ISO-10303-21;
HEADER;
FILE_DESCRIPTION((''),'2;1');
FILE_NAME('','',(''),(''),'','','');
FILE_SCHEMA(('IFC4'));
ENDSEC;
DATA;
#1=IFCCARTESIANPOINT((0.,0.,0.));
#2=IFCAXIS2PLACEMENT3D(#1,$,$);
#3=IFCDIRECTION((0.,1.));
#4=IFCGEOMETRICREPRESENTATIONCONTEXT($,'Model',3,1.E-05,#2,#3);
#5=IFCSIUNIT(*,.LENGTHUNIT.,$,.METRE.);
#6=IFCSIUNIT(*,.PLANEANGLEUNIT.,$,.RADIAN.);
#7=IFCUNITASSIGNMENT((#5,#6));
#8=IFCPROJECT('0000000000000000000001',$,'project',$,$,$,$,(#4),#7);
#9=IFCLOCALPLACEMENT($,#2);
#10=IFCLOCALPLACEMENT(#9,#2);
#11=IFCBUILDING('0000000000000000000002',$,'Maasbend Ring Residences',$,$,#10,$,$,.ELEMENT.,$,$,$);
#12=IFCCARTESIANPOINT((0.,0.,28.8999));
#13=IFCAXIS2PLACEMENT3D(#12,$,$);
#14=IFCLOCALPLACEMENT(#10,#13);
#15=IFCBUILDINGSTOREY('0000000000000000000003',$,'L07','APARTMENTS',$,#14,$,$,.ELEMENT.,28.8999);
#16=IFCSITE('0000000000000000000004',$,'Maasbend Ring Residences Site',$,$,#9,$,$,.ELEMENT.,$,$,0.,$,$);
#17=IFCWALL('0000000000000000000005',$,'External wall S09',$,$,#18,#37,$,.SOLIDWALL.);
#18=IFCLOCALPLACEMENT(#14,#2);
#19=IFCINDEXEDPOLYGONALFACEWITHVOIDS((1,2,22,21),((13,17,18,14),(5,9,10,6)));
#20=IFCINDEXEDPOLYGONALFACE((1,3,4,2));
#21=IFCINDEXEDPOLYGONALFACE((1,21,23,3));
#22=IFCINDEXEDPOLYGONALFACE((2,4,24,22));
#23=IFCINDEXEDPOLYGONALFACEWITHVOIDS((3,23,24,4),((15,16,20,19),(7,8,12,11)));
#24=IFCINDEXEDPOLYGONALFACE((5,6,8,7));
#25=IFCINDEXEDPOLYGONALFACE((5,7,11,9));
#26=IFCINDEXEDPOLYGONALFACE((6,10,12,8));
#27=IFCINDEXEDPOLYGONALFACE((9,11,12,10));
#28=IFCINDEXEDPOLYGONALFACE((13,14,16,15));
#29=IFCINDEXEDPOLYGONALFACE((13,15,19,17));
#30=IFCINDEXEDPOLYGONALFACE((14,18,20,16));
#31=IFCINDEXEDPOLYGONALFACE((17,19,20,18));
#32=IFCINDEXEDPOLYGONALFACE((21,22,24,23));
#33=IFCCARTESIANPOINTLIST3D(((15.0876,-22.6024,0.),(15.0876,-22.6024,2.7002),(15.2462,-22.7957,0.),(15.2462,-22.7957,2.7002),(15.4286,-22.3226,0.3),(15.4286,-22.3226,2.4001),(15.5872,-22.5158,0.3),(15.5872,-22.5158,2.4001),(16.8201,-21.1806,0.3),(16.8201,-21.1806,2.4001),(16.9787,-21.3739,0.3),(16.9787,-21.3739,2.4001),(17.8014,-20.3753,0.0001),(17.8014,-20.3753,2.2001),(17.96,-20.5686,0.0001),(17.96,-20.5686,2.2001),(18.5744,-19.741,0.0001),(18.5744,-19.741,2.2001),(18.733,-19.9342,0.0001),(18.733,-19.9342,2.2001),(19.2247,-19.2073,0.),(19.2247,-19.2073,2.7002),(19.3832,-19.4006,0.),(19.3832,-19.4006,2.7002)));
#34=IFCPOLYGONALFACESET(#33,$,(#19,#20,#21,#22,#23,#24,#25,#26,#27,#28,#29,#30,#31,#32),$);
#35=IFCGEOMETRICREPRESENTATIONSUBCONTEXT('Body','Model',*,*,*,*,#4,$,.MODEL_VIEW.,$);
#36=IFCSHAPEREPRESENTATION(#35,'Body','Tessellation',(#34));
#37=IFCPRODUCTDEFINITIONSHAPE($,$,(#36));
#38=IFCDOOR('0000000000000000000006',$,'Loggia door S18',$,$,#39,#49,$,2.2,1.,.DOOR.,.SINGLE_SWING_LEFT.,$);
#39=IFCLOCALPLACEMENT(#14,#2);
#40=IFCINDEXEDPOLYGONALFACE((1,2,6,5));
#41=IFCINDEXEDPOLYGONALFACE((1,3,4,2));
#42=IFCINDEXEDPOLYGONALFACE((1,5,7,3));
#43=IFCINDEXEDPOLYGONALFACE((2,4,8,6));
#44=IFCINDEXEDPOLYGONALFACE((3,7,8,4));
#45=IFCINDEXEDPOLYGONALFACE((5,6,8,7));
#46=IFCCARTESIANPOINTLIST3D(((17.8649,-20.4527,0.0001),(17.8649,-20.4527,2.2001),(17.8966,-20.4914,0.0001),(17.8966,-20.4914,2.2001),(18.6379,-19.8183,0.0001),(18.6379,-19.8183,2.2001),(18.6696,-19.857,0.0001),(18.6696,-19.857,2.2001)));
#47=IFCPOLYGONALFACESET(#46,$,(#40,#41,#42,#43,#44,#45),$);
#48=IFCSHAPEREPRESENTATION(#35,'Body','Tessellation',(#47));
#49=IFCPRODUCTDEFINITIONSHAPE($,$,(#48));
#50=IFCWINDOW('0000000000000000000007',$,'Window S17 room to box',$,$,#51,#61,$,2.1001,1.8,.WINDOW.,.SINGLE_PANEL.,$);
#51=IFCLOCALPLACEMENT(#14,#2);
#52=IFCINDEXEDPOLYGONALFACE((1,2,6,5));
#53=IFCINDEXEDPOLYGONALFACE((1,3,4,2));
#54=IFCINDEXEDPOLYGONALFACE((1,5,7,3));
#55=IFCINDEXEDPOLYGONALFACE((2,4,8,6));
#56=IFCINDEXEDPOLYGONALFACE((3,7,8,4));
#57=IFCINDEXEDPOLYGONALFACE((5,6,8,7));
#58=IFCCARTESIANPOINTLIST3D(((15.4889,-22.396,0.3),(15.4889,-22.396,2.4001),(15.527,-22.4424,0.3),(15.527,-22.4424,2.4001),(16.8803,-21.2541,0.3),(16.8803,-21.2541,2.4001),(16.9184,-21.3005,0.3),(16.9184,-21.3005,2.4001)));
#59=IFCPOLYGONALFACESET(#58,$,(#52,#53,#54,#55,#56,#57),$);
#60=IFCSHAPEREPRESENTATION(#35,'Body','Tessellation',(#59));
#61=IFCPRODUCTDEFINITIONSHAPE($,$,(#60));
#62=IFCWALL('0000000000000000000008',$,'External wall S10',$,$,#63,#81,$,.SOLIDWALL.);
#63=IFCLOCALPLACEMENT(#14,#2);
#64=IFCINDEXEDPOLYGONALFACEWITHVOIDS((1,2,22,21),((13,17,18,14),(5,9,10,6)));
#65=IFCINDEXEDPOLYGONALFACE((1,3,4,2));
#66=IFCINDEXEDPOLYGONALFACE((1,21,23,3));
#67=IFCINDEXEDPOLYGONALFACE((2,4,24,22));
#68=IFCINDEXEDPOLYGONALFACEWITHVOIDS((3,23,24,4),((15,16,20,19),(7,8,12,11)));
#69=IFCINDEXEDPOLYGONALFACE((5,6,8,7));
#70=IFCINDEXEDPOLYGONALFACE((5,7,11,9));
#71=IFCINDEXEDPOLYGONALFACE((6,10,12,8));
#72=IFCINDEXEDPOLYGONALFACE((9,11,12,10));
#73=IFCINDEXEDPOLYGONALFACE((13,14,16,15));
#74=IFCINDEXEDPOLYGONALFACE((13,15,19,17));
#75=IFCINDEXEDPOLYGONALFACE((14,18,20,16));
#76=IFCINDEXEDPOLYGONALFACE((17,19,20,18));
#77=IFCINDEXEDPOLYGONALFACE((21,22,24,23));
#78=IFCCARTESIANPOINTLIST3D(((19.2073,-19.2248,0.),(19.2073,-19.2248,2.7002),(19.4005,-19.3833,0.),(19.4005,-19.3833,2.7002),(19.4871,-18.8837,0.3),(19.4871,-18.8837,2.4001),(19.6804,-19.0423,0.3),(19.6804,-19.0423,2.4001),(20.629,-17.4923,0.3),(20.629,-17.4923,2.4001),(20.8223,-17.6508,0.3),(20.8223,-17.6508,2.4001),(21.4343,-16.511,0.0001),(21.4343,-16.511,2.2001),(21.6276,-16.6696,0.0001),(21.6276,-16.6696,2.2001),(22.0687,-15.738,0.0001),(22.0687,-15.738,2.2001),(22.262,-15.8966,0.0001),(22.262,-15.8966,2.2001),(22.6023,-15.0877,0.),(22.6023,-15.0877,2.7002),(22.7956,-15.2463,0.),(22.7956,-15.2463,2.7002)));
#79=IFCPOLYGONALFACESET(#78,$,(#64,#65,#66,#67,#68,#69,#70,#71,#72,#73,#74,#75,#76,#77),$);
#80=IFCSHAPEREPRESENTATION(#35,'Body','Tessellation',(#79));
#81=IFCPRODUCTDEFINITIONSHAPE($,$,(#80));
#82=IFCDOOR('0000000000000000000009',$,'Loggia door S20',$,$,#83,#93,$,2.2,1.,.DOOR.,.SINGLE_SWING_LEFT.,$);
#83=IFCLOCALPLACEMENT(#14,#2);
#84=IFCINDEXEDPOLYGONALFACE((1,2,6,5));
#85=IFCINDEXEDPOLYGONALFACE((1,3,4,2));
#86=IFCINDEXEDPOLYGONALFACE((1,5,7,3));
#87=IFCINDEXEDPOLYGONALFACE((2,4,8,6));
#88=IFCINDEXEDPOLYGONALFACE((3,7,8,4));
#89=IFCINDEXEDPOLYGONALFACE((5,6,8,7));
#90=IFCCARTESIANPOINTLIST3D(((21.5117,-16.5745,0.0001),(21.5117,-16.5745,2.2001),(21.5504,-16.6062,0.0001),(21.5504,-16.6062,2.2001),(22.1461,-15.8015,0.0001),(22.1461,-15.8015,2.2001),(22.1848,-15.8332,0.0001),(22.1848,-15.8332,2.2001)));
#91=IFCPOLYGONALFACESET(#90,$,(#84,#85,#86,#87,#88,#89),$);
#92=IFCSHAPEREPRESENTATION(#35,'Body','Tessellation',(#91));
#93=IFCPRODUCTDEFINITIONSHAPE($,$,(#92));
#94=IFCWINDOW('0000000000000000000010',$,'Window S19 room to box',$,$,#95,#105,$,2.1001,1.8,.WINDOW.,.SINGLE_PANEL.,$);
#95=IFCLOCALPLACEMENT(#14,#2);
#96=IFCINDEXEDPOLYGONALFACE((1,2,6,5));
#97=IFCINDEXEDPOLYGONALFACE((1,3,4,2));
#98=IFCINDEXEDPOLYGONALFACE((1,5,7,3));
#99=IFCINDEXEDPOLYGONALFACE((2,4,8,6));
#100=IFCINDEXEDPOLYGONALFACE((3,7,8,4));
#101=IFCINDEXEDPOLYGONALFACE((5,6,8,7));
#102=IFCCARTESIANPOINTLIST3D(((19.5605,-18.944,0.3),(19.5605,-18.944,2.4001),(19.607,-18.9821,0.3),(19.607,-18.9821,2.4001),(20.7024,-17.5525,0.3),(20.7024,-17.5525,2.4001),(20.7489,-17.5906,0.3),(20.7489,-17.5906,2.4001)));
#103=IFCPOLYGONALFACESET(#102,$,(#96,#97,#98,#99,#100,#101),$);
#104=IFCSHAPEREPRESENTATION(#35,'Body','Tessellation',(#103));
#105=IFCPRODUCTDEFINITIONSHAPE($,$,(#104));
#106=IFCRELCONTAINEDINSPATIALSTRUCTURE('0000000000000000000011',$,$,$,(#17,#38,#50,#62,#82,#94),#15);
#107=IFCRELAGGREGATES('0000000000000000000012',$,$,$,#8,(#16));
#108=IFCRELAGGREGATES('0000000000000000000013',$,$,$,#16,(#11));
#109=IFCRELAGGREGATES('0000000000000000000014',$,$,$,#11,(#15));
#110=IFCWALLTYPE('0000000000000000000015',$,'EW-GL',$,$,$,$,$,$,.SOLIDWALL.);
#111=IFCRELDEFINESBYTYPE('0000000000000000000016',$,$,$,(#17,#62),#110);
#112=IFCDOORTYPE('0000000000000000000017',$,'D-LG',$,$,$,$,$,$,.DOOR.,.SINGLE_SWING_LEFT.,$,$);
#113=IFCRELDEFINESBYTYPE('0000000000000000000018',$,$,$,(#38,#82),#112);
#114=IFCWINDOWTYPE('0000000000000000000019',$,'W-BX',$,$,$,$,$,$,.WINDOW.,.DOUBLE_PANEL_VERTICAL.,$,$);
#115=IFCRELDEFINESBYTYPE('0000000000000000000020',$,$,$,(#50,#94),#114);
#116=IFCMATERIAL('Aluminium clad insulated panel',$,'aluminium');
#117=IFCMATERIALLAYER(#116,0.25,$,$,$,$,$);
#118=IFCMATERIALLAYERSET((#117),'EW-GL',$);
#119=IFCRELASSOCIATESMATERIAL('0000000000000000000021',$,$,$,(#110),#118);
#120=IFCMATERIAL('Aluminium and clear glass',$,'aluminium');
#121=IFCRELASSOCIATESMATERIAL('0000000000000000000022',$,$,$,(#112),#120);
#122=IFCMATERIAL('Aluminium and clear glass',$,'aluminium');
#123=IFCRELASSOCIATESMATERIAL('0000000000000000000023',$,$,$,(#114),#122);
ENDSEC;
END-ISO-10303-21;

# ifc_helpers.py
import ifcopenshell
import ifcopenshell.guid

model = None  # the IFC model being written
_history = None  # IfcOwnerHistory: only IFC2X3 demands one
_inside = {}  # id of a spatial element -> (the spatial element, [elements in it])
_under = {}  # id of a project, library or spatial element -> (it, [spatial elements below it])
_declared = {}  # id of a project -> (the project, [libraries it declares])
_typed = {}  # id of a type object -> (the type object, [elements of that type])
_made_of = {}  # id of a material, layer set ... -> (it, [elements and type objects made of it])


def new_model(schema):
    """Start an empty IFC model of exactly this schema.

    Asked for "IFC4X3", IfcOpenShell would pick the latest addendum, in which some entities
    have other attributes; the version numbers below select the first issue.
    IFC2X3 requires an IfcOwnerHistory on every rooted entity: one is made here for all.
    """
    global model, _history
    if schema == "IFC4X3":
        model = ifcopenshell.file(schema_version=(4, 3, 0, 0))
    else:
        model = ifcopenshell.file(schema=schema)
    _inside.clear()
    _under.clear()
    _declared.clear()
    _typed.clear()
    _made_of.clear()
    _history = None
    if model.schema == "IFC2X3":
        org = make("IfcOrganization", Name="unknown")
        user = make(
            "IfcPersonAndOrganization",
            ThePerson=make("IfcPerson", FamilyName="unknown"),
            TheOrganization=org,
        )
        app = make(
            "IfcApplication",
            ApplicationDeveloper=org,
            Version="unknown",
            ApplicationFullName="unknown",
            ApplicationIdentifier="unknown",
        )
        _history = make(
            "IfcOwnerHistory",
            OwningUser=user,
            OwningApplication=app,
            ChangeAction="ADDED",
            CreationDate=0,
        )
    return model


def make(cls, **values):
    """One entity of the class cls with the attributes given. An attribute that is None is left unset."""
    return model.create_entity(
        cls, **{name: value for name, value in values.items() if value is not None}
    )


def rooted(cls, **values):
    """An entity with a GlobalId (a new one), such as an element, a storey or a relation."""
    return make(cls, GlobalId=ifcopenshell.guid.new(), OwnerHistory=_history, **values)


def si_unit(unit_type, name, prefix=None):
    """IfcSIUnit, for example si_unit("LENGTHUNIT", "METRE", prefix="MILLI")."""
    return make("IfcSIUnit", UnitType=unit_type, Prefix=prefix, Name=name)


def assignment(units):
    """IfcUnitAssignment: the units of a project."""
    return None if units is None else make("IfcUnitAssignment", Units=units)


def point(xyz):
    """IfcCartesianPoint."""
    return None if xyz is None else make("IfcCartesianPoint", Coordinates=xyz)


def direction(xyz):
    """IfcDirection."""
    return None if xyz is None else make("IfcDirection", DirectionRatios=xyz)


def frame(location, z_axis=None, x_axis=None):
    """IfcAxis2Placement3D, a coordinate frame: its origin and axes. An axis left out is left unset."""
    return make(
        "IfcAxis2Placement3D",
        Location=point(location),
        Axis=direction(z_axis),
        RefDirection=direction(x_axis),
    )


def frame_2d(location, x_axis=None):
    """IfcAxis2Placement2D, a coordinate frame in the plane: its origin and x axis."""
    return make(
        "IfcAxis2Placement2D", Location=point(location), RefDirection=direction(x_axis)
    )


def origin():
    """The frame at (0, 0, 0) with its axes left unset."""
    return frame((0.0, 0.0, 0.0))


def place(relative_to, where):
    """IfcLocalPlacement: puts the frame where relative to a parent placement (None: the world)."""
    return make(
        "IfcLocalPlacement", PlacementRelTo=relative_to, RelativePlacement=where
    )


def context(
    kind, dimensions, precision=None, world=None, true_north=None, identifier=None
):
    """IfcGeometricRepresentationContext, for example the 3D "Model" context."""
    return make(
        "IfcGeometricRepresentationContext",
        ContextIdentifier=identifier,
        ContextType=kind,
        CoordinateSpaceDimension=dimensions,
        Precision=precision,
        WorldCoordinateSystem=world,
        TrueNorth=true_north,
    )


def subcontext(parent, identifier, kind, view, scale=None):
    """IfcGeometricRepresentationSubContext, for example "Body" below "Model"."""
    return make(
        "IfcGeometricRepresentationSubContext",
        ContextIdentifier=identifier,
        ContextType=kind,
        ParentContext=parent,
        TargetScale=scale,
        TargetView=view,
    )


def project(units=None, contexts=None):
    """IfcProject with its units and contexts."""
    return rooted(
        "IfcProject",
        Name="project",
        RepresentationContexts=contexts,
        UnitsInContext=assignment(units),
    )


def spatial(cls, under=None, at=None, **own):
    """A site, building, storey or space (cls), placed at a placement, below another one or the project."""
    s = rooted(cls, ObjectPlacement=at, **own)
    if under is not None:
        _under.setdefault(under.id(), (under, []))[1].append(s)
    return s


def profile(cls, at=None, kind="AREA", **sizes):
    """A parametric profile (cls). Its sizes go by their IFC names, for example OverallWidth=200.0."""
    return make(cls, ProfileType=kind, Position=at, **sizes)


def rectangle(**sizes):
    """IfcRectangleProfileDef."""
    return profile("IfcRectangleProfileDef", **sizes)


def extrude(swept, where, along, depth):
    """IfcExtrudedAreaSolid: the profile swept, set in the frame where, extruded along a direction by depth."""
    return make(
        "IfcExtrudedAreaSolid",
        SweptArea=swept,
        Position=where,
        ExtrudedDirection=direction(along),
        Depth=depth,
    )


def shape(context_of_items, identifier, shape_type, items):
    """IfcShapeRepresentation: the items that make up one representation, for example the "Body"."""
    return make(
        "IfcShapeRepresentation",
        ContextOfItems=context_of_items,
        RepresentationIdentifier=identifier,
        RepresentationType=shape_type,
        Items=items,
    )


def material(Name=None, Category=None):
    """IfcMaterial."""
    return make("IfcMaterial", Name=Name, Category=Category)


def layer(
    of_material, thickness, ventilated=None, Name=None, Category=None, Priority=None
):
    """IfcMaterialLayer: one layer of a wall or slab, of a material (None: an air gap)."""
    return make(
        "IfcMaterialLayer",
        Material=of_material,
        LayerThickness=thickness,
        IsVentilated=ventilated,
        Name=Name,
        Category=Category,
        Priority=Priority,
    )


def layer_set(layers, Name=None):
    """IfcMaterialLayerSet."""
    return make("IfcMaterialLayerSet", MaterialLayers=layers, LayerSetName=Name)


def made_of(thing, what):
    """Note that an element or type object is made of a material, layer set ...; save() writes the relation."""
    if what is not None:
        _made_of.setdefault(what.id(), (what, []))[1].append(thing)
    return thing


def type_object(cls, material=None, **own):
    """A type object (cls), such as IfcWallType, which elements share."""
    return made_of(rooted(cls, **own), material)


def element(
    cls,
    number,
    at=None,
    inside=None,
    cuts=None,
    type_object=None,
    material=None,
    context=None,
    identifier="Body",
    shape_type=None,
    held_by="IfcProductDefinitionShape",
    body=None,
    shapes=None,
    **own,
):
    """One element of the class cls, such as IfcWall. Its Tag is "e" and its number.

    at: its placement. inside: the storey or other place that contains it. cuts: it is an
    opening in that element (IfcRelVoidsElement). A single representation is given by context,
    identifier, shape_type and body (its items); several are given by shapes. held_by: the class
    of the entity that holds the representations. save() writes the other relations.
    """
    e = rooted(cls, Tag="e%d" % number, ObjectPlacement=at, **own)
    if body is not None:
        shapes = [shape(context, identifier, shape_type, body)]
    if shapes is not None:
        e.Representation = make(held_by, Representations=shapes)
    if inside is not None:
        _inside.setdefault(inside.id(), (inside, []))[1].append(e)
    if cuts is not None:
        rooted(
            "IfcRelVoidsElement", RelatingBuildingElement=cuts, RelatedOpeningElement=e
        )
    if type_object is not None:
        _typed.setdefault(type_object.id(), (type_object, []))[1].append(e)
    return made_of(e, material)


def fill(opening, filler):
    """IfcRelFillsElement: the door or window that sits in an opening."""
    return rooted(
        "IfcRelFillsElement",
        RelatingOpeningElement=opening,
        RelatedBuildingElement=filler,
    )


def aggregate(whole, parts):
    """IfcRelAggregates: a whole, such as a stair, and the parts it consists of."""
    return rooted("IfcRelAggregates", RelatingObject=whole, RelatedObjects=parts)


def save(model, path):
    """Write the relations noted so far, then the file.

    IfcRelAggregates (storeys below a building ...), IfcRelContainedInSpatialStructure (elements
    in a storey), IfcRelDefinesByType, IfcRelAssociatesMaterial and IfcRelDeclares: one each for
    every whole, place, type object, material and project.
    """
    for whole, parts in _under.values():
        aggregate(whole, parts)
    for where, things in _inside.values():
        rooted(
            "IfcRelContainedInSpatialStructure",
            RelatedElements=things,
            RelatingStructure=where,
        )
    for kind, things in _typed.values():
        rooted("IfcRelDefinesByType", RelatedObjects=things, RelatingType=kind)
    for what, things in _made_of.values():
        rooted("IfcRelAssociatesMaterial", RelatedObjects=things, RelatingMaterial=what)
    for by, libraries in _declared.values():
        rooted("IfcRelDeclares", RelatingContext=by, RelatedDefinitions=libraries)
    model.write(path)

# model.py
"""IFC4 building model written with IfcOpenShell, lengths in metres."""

from ifc_helpers import new_model, si_unit, direction, frame, frame_2d, origin, place, context, subcontext, project, spatial, rectangle, extrude, material, layer, layer_set, type_object, element, fill, save


model = new_model("IFC4")

# Units and contexts
model_context = context("Model", 3, precision=1e-05, world=origin(), true_north=direction((0.0, 1.0)))
body_context = subcontext(model_context, "Body", "Model", "MODEL_VIEW")
ifc_project = project(units=[si_unit("LENGTHUNIT", "METRE"), si_unit("PLANEANGLEUNIT", "RADIAN")], contexts=[model_context])

# Site, building, storey
site_placement = place(None, origin())
site = spatial("IfcSite", under=ifc_project, at=site_placement, Name="Maasbend Ring Residences Site", CompositionType="ELEMENT", RefElevation=0.0)
building_placement = place(site_placement, origin())
building = spatial("IfcBuilding", under=site, at=building_placement, Name="Maasbend Ring Residences", CompositionType="ELEMENT")
storey_placement = place(building_placement, frame((0.0, 0.0, 28.8999)))
storey = spatial("IfcBuildingStorey", under=building, at=storey_placement, Name="L07", Description="APARTMENTS", CompositionType="ELEMENT", Elevation=28.8999)

# Walls, openings, doors, windows
ifc_material_1 = material(Name="Aluminium clad insulated panel", Category="aluminium")
ifc_layer_1 = layer(ifc_material_1, 0.25)
ifc_layer_set_1 = layer_set([ifc_layer_1], Name="EW-GL")
wall_type_1 = type_object("IfcWallType", Name="EW-GL", PredefinedType="SOLIDWALL", material=ifc_layer_set_1)
wall_1_placement = place(storey_placement, frame((15.167, -22.699, 0.0), z_axis=(0.0, 0.0, 1.0), x_axis=(0.773019, 0.634382, 0.0)))
wall_1 = element("IfcWall", 1, at=wall_1_placement, inside=storey, type_object=wall_type_1, Name="External wall S09", PredefinedType="SOLIDWALL", context=body_context, shape_type="SweptSolid", body=[
    extrude(rectangle(XDim=5.3518, YDim=0.25, at=frame_2d((2.6758, 0.0))), origin(), (0.0, 0.0, 1.0), 2.7002),
])
opening_1_placement = place(wall_1_placement, frame((0.4412, 0.0, 0.3)))
opening_1 = element("IfcOpeningElement", 2, at=opening_1_placement, cuts=wall_1, PredefinedType="OPENING", context=body_context, shape_type="SweptSolid", body=[
    extrude(rectangle(XDim=1.8, YDim=2.1001, at=frame_2d((0.8999, 1.05))), frame((0.0, 0.135, 0.0), z_axis=(0.0, -1.0, 0.0), x_axis=(1.0, 0.0, 0.0)), (0.0, 0.0, 1.0), 0.27),
])
opening_2_placement = place(wall_1_placement, frame((3.5105, 0.0, 0.0)))
opening_2 = element("IfcOpeningElement", 3, at=opening_2_placement, cuts=wall_1, PredefinedType="OPENING", context=body_context, shape_type="SweptSolid", body=[
    extrude(rectangle(XDim=1.0, YDim=2.2, at=frame_2d((0.5, 1.1001))), frame((0.0, 0.135, 0.0), z_axis=(0.0, -1.0, 0.0), x_axis=(1.0, 0.0, 0.0)), (0.0, 0.0, 1.0), 0.27),
])
ifc_material_2 = material(Name="Aluminium and clear glass", Category="aluminium")
door_type = type_object("IfcDoorType", Name="D-LG", OperationType="SINGLE_SWING_LEFT", PredefinedType="DOOR", material=ifc_material_2)
door_1_placement = place(opening_2_placement, origin())
door_1 = element("IfcDoor", 4, at=door_1_placement, inside=storey, type_object=door_type, Name="Loggia door S18", OperationType="SINGLE_SWING_LEFT", OverallHeight=2.2, OverallWidth=1.0, PredefinedType="DOOR", context=body_context, shape_type="SweptSolid", body=[
    extrude(rectangle(XDim=1.0, YDim=2.2, at=frame_2d((0.5, 1.1001))), frame((0.0, 0.0249, 0.0), z_axis=(0.0, -1.0, 0.0), x_axis=(1.0, 0.0, 0.0)), (0.0, 0.0, 1.0), 0.05),
])
fill(opening_2, door_1)
ifc_material_3 = material(Name="Aluminium and clear glass", Category="aluminium")
window_type_1 = type_object("IfcWindowType", Name="W-BX", PartitioningType="DOUBLE_PANEL_VERTICAL", PredefinedType="WINDOW", material=ifc_material_3)
window_1_placement = place(opening_1_placement, origin())
window_1 = element("IfcWindow", 5, at=window_1_placement, inside=storey, type_object=window_type_1, Name="Window S17 room to box", OverallHeight=2.1001, OverallWidth=1.8, PartitioningType="SINGLE_PANEL", PredefinedType="WINDOW", context=body_context, shape_type="SweptSolid", body=[
    extrude(rectangle(XDim=1.8, YDim=2.1001, at=frame_2d((0.8999, 1.05))), frame((0.0, 0.03, 0.0), z_axis=(0.0, -1.0, 0.0), x_axis=(1.0, 0.0, 0.0)), (0.0, 0.0, 1.0), 0.0601),
])
fill(opening_1, window_1)
wall_2_placement = place(storey_placement, frame((19.304, -19.304, 0.0), z_axis=(0.0, 0.0, 1.0), x_axis=(0.634382, 0.773019, 0.0)))
wall_2 = element("IfcWall", 6, at=wall_2_placement, inside=storey, type_object=wall_type_1, Name="External wall S10", PredefinedType="SOLIDWALL", context=body_context, shape_type="SweptSolid", body=[
    extrude(rectangle(XDim=5.3518, YDim=0.25, at=frame_2d((2.6758, 0.0))), origin(), (0.0, 0.0, 1.0), 2.7002),
])
opening_3_placement = place(wall_2_placement, frame((0.4412, 0.0, 0.3)))
opening_3 = element("IfcOpeningElement", 7, at=opening_3_placement, cuts=wall_2, PredefinedType="OPENING", context=body_context, shape_type="SweptSolid", body=[
    extrude(rectangle(XDim=1.8, YDim=2.1001, at=frame_2d((0.8999, 1.05))), frame((0.0, 0.135, 0.0), z_axis=(0.0, -1.0, 0.0), x_axis=(1.0, 0.0, 0.0)), (0.0, 0.0, 1.0), 0.27),
])
opening_4_placement = place(wall_2_placement, frame((3.5105, 0.0, 0.0)))
opening_4 = element("IfcOpeningElement", 8, at=opening_4_placement, cuts=wall_2, PredefinedType="OPENING", context=body_context, shape_type="SweptSolid", body=[
    extrude(rectangle(XDim=1.0, YDim=2.2, at=frame_2d((0.5, 1.1001))), frame((0.0, 0.135, 0.0), z_axis=(0.0, -1.0, 0.0), x_axis=(1.0, 0.0, 0.0)), (0.0, 0.0, 1.0), 0.27),
])
door_2_placement = place(opening_4_placement, origin())
door_2 = element("IfcDoor", 9, at=door_2_placement, inside=storey, type_object=door_type, Name="Loggia door S20", OperationType="SINGLE_SWING_LEFT", OverallHeight=2.2, OverallWidth=1.0, PredefinedType="DOOR", context=body_context, shape_type="SweptSolid", body=[
    extrude(rectangle(XDim=1.0, YDim=2.2, at=frame_2d((0.5, 1.1001))), frame((0.0, 0.0249, 0.0), z_axis=(0.0, -1.0, 0.0), x_axis=(1.0, 0.0, 0.0)), (0.0, 0.0, 1.0), 0.05),
])
fill(opening_4, door_2)
window_2_placement = place(opening_3_placement, origin())
window_2 = element("IfcWindow", 10, at=window_2_placement, inside=storey, type_object=window_type_1, Name="Window S19 room to box", OverallHeight=2.1001, OverallWidth=1.8, PartitioningType="SINGLE_PANEL", PredefinedType="WINDOW", context=body_context, shape_type="SweptSolid", body=[
    extrude(rectangle(XDim=1.8, YDim=2.1001, at=frame_2d((0.8999, 1.05))), frame((0.0, 0.03, 0.0), z_axis=(0.0, -1.0, 0.0), x_axis=(1.0, 0.0, 0.0)), (0.0, 0.0, 1.0), 0.0601),
])
fill(opening_3, window_2)

save(model, "model.ifc")
